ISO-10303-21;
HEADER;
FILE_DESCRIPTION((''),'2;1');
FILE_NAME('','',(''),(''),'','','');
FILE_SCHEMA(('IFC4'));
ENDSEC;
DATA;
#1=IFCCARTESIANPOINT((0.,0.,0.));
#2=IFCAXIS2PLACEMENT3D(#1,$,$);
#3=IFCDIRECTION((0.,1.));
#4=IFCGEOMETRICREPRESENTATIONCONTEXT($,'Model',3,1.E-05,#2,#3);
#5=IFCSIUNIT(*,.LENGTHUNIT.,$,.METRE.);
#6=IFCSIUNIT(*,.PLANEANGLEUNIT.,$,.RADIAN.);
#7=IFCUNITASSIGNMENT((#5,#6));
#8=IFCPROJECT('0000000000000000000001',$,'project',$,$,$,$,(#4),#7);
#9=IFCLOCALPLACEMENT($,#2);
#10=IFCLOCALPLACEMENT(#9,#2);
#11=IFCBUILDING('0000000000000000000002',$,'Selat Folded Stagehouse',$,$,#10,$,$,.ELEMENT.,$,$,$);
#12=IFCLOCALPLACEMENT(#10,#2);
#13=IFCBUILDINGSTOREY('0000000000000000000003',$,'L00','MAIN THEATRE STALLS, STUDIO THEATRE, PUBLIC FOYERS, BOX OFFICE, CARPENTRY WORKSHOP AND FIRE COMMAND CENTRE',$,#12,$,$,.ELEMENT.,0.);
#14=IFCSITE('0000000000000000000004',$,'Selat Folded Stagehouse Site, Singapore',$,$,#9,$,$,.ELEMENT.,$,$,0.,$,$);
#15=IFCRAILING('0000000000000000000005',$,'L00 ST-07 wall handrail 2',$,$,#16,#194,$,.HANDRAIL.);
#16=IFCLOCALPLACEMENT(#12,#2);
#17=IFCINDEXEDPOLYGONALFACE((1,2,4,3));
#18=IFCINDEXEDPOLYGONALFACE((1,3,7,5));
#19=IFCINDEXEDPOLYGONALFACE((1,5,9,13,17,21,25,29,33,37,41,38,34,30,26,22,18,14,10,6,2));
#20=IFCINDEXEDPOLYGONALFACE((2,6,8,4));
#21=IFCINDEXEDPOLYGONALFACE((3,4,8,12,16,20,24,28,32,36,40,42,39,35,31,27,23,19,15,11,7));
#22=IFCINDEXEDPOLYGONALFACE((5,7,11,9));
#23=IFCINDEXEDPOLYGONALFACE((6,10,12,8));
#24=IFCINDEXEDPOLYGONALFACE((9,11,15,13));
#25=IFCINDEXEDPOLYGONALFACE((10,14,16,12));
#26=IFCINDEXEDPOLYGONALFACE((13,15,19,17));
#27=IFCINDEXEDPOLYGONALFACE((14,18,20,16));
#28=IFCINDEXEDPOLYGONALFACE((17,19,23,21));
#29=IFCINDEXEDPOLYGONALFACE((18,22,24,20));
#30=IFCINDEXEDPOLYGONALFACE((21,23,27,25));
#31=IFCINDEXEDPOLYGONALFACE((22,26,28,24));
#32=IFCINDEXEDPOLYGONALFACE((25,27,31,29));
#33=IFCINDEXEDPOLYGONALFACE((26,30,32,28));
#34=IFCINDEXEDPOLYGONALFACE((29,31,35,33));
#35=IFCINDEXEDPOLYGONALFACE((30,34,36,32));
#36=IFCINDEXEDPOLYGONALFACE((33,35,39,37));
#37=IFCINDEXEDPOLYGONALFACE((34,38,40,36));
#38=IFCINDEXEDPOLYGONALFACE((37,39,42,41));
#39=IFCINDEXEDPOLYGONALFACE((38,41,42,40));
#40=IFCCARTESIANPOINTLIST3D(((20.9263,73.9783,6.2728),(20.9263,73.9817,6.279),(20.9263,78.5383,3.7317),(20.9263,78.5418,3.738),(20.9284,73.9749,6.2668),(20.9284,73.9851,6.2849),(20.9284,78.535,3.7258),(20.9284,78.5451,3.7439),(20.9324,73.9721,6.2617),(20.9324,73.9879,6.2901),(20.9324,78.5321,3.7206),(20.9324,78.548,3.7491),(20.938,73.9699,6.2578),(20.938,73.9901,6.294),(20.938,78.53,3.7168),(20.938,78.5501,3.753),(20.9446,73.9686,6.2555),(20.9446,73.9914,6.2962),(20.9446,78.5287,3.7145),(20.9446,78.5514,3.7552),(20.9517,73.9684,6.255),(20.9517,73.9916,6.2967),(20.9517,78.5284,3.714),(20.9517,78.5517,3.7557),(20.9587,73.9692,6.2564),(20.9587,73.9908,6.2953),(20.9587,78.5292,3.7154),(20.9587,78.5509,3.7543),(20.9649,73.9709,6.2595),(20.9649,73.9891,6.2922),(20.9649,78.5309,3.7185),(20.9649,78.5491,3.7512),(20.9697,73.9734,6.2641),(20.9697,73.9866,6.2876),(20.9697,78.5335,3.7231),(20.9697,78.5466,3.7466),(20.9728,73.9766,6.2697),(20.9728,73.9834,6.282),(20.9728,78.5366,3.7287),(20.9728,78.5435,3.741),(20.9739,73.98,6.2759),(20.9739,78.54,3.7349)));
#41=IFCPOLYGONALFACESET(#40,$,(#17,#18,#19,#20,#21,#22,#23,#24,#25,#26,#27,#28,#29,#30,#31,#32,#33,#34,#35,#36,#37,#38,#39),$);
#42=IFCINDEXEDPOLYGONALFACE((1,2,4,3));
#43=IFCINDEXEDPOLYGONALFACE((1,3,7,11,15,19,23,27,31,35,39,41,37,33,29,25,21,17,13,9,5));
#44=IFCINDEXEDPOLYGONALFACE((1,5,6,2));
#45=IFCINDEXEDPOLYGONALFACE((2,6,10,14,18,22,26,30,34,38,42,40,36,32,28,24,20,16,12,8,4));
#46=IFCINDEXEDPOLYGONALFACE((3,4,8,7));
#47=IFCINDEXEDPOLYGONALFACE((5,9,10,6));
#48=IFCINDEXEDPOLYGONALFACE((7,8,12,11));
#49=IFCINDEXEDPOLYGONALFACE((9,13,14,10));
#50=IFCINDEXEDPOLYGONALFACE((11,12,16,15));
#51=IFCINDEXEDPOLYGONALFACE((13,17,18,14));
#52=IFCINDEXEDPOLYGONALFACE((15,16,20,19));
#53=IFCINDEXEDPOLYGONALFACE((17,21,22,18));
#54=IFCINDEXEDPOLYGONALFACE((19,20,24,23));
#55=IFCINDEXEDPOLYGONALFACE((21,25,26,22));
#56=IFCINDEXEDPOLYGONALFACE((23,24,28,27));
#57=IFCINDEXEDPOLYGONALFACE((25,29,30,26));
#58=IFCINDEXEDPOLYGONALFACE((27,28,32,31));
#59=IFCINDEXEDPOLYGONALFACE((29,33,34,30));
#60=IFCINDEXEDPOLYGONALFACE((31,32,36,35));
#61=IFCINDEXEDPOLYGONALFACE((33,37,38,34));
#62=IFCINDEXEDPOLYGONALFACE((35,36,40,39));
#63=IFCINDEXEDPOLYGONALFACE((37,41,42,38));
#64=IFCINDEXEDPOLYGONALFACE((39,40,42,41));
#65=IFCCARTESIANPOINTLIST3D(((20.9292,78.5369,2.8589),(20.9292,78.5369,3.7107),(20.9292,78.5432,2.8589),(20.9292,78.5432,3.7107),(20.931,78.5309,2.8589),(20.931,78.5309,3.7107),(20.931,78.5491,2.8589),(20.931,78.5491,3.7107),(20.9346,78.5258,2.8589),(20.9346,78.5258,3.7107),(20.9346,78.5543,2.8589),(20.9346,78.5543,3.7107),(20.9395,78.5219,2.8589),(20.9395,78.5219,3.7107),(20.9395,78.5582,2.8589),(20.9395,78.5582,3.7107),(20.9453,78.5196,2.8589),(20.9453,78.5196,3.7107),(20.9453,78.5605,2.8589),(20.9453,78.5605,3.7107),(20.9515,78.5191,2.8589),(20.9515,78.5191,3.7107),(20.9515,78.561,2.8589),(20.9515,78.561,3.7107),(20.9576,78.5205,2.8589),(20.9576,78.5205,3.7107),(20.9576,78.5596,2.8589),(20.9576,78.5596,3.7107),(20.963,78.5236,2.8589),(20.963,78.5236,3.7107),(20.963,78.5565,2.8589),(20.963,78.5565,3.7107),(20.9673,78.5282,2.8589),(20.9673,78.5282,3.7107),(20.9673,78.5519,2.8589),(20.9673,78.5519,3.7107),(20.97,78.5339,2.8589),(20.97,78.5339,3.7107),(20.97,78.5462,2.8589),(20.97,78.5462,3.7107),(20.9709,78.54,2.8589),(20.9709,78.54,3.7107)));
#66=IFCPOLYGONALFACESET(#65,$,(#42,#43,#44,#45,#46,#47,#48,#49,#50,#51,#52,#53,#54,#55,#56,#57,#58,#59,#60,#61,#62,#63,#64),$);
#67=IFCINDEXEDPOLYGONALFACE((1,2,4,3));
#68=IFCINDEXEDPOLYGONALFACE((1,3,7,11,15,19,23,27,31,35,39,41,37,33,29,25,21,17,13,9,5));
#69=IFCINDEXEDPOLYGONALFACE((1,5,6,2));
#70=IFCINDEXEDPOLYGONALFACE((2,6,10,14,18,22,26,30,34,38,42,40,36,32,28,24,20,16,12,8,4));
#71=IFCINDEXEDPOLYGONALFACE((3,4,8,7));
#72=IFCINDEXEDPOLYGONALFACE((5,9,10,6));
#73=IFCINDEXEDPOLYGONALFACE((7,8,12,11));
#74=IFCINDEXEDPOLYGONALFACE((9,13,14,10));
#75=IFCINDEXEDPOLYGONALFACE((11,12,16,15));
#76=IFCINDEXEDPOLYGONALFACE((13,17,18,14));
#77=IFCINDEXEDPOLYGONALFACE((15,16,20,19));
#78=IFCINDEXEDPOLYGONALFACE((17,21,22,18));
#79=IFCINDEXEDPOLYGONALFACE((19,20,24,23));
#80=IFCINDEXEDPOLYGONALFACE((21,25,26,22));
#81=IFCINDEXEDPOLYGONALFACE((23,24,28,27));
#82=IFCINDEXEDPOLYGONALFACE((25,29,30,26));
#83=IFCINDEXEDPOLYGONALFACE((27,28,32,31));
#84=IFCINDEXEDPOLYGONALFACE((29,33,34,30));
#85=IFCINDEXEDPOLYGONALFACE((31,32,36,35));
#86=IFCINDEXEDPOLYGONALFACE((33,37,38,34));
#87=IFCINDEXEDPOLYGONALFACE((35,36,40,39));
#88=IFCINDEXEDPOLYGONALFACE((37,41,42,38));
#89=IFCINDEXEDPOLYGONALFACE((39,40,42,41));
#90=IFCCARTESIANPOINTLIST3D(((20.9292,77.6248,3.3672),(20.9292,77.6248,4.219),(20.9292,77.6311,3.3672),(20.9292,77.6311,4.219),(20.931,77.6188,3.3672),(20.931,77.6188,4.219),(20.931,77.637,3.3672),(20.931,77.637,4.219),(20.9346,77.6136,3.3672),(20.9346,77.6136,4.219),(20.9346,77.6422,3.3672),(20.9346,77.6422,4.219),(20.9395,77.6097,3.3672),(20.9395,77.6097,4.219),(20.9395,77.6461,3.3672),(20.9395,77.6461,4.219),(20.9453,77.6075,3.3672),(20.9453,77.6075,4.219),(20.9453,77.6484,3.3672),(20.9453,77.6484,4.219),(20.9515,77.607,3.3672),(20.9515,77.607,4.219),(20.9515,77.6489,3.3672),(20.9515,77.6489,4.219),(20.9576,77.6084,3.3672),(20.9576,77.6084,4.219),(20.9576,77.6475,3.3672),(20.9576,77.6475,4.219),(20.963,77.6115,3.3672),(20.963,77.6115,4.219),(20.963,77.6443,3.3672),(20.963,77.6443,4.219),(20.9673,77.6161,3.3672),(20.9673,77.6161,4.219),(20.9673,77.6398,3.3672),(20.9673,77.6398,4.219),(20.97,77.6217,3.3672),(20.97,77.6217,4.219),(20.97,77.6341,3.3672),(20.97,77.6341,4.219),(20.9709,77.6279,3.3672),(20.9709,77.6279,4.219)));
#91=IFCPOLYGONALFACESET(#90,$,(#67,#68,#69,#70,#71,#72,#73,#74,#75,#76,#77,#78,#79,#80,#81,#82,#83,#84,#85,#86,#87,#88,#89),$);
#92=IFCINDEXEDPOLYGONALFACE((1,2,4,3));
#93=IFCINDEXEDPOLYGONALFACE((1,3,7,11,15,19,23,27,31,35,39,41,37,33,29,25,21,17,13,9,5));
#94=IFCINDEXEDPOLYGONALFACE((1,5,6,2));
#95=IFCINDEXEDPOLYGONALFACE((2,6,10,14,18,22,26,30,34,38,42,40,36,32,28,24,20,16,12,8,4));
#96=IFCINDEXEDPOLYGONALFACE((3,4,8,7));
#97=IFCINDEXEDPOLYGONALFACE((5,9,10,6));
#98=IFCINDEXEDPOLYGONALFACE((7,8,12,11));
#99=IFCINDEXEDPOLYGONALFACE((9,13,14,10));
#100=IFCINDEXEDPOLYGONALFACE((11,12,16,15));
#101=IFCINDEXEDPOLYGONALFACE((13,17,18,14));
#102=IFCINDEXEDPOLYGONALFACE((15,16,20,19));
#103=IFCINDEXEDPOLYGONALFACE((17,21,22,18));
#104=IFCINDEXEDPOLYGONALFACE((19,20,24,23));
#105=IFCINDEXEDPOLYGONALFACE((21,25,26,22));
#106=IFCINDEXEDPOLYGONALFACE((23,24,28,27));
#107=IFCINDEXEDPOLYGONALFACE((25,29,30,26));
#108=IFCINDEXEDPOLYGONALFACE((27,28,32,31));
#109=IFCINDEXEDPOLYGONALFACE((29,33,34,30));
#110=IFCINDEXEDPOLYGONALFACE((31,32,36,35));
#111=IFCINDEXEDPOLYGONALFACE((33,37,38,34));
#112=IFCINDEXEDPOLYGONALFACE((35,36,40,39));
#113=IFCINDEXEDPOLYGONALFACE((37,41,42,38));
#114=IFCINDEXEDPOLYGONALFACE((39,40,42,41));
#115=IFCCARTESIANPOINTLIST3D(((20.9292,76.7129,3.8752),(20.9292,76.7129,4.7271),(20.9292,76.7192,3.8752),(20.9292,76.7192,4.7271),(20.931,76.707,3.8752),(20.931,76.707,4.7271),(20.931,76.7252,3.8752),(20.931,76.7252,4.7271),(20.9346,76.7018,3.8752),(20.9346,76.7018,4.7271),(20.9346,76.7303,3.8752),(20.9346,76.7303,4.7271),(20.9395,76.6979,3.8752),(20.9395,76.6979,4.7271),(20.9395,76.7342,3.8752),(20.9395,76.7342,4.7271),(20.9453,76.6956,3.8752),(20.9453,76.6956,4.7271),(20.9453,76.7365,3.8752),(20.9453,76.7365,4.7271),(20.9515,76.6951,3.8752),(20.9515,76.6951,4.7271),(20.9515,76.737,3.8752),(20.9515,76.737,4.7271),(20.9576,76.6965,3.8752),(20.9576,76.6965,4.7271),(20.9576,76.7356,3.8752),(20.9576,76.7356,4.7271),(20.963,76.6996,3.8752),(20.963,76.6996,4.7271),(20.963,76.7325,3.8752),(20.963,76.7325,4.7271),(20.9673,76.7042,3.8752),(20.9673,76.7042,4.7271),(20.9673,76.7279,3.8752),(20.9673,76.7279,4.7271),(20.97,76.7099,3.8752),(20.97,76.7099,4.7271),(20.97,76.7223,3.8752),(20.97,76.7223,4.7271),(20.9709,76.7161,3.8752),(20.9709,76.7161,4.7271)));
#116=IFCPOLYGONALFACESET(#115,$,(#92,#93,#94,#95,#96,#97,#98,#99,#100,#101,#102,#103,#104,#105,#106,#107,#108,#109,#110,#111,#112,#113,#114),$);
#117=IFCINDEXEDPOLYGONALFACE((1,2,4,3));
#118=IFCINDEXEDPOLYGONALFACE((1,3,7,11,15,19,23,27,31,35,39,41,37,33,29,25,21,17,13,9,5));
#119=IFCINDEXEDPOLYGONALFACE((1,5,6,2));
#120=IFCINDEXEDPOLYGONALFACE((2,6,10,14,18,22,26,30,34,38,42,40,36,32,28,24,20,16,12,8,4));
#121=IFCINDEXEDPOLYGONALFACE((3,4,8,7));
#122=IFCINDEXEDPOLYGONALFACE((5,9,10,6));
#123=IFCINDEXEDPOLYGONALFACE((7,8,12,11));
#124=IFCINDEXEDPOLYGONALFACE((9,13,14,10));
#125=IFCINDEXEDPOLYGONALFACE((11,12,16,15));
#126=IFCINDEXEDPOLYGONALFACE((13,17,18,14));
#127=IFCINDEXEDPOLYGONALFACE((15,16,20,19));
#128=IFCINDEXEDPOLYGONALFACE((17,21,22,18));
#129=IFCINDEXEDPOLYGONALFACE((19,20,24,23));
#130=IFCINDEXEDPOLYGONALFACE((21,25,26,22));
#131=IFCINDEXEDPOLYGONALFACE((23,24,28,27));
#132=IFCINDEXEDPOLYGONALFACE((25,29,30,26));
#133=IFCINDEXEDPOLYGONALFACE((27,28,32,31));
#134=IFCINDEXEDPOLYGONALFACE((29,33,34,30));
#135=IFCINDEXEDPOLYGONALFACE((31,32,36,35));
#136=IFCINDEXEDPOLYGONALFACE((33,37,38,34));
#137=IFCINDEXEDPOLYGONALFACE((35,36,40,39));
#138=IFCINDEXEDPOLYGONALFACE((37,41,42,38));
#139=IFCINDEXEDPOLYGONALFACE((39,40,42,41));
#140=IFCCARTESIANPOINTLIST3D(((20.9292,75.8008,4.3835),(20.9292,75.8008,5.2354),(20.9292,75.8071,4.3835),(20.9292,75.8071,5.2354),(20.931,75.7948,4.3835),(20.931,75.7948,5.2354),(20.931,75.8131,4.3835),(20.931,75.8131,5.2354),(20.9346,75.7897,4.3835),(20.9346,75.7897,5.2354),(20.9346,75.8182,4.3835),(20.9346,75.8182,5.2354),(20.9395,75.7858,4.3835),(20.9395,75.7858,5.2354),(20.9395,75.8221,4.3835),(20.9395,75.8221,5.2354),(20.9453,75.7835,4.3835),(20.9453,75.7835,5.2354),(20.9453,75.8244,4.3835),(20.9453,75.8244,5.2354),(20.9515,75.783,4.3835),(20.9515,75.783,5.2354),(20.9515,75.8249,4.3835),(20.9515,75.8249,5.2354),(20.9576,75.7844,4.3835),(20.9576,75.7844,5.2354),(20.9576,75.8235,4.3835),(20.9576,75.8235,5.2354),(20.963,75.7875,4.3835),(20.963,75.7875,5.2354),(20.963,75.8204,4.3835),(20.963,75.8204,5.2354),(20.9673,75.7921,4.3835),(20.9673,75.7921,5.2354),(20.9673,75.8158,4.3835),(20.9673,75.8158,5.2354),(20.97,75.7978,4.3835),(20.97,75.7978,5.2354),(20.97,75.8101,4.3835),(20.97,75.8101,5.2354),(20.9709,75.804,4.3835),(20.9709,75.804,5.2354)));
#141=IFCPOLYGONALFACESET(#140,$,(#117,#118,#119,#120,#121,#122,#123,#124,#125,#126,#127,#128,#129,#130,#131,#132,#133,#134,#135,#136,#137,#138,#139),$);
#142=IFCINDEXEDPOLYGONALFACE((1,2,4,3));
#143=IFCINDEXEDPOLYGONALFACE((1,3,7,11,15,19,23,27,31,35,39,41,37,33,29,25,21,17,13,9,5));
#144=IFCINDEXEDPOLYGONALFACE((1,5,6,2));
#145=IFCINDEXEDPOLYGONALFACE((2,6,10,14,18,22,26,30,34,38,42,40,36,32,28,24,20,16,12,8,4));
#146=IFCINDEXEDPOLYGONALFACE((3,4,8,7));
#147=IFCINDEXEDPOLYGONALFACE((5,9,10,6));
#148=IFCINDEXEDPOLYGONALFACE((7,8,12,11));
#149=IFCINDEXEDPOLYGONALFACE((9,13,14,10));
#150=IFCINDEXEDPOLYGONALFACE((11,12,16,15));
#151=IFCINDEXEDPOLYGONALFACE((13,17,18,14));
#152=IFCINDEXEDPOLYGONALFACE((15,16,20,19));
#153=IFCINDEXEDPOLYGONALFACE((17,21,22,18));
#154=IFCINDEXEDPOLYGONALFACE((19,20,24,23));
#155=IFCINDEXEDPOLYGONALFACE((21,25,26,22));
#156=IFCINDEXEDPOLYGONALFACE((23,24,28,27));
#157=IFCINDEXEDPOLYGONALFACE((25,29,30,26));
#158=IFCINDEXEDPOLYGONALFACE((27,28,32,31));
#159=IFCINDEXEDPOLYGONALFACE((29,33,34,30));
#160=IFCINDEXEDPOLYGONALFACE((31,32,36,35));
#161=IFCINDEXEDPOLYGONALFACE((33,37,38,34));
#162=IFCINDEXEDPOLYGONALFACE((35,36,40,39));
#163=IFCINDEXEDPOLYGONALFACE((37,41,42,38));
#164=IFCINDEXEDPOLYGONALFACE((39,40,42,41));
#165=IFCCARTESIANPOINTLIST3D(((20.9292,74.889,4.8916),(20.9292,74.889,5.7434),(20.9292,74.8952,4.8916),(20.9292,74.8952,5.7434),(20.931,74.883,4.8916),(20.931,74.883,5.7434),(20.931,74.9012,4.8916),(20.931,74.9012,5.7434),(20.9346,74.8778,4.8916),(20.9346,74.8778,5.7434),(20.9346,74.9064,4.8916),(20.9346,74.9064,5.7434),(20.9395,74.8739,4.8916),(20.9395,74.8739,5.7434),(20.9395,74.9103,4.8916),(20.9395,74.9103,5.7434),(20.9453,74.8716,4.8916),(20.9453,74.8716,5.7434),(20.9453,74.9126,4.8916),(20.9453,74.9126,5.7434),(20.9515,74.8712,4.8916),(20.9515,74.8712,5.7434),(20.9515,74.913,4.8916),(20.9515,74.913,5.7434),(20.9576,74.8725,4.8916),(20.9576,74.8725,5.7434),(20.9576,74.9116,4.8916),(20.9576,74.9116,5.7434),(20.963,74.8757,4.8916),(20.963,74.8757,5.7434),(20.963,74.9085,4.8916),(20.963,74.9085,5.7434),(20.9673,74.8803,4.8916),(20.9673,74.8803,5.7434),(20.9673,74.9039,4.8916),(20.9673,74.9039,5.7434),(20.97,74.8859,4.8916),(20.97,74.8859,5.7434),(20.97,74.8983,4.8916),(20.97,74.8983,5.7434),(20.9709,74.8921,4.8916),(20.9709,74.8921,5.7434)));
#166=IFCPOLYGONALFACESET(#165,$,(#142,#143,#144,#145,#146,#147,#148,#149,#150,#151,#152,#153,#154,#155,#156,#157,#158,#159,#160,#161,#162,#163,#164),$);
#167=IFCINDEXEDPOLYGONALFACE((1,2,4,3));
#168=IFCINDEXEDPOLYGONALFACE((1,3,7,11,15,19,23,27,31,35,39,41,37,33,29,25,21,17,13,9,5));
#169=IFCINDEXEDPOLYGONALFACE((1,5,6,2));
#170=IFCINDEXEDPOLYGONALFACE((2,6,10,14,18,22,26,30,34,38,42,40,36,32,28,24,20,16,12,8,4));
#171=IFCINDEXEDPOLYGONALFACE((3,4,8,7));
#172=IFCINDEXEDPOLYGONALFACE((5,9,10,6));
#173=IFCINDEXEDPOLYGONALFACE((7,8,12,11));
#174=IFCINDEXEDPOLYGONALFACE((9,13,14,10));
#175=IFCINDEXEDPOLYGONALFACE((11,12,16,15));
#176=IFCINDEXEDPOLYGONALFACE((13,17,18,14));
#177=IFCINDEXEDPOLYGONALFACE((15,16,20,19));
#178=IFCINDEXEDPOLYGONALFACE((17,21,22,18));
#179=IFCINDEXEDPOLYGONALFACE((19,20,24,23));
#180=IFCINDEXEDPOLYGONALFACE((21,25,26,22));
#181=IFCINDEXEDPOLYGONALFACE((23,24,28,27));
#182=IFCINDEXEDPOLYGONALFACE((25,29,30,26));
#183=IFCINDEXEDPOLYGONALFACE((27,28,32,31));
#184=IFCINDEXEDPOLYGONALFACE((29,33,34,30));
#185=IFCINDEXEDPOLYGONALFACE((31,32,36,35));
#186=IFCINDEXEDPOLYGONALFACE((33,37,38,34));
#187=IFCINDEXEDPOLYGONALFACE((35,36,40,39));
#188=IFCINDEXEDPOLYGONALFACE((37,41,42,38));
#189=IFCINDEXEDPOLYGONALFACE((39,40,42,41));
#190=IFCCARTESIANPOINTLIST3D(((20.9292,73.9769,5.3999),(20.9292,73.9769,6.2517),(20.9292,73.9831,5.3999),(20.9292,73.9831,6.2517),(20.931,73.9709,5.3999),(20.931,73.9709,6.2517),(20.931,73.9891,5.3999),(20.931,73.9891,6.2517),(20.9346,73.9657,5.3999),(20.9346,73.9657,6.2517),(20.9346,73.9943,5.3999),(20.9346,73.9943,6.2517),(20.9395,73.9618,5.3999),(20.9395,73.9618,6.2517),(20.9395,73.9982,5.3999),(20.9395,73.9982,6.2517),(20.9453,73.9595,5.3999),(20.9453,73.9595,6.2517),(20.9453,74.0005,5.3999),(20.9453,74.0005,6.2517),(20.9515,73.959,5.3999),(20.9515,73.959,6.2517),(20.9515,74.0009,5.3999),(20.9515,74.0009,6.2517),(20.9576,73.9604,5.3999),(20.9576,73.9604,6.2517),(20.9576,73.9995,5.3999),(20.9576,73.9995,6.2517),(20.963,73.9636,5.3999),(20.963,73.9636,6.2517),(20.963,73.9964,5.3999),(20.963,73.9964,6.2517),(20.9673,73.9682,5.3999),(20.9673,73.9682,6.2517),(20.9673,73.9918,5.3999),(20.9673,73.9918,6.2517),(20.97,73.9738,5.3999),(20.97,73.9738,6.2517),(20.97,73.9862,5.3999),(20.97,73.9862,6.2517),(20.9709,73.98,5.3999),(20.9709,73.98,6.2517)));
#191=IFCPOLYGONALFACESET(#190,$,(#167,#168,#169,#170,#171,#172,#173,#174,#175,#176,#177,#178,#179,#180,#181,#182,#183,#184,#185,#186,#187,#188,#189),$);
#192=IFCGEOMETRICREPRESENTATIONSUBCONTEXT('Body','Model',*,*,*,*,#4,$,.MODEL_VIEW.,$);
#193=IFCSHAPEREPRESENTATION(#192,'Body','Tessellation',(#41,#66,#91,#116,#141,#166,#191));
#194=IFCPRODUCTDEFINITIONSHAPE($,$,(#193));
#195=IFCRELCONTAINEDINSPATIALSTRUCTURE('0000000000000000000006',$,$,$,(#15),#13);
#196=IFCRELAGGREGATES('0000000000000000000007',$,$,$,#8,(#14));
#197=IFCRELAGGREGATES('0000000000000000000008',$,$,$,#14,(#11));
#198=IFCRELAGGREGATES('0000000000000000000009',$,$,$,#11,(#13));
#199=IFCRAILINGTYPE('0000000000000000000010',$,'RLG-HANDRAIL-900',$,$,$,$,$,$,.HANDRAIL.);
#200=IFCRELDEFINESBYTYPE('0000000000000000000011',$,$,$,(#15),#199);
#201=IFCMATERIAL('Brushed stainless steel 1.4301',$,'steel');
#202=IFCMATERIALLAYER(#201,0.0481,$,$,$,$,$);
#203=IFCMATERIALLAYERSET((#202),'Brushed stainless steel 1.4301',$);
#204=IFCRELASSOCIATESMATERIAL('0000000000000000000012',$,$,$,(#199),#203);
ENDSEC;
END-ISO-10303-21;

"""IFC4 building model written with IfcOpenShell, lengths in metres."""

from ifc_helpers import new_model, si_unit, direction, frame, origin, origin_2d, place, context, subcontext, project, spatial, circle, extrude, material, layer, layer_set, type_object, element, save


model = new_model("IFC4")

# Units and contexts
model_context = context("Model", 3, precision=1e-05, world=origin(), true_north=direction((0.0, 1.0)))
body_context = subcontext(model_context, "Body", "Model", "MODEL_VIEW")
ifc_project = project(units=[si_unit("LENGTHUNIT", "METRE"), si_unit("PLANEANGLEUNIT", "RADIAN")], contexts=[model_context])

# Site, building, storey
site_placement = place(None, origin())
site = spatial("IfcSite", under=ifc_project, at=site_placement, Name="Selat Folded Stagehouse Site, Singapore", CompositionType="ELEMENT", RefElevation=0.0)
building_placement = place(site_placement, origin())
building = spatial("IfcBuilding", under=site, at=building_placement, Name="Selat Folded Stagehouse", CompositionType="ELEMENT")
storey_placement = place(building_placement, origin())
storey = spatial("IfcBuildingStorey", under=building, at=storey_placement, Name="L00", Description="MAIN THEATRE STALLS, STUDIO THEATRE, PUBLIC FOYERS, BOX OFFICE, CARPENTRY WORKSHOP AND FIRE COMMAND CENTRE", CompositionType="ELEMENT", Elevation=0.0)

# Railing
ifc_material_1 = material(Name="Brushed stainless steel 1.4301", Category="steel")
ifc_layer_1 = layer(ifc_material_1, 0.0481)
ifc_layer_set_1 = layer_set([ifc_layer_1], Name="Brushed stainless steel 1.4301")
railing_type_1 = type_object("IfcRailingType", Name="RLG-HANDRAIL-900", PredefinedType="HANDRAIL", material=ifc_layer_set_1)
railing_1_placement = place(storey_placement, frame((20.95, 78.54, 2.8589)))
element("IfcRailing", 1, at=railing_1_placement, inside=storey, type_object=railing_type_1, Name="L00 ST-07 wall handrail 2", PredefinedType="HANDRAIL", context=body_context, shape_type="SweptSolid", body=[
    extrude(circle(Radius=0.0239, at=origin_2d()), frame((0.0, 0.0, 0.876), z_axis=(0.0, -0.873534, 0.486762), x_axis=(1.0, 0.0, 0.0)), (0.0, 0.0, 1.0), 5.2202),
    extrude(circle(Radius=0.021, at=origin_2d()), origin(), (0.0, 0.0, 1.0), 0.8518),
    extrude(circle(Radius=0.021, at=origin_2d()), frame((0.0, -0.9121, 0.5083)), (0.0, 0.0, 1.0), 0.8518),
    extrude(circle(Radius=0.021, at=origin_2d()), frame((0.0, -1.824, 1.0164)), (0.0, 0.0, 1.0), 0.8518),
    extrude(circle(Radius=0.021, at=origin_2d()), frame((0.0, -2.7361, 1.5247)), (0.0, 0.0, 1.0), 0.8518),
    extrude(circle(Radius=0.021, at=origin_2d()), frame((0.0, -3.6479, 2.0327)), (0.0, 0.0, 1.0), 0.8518),
    extrude(circle(Radius=0.021, at=origin_2d()), frame((0.0, -4.5601, 2.541)), (0.0, 0.0, 1.0), 0.8518),
])

save(model, "model.ifc")
